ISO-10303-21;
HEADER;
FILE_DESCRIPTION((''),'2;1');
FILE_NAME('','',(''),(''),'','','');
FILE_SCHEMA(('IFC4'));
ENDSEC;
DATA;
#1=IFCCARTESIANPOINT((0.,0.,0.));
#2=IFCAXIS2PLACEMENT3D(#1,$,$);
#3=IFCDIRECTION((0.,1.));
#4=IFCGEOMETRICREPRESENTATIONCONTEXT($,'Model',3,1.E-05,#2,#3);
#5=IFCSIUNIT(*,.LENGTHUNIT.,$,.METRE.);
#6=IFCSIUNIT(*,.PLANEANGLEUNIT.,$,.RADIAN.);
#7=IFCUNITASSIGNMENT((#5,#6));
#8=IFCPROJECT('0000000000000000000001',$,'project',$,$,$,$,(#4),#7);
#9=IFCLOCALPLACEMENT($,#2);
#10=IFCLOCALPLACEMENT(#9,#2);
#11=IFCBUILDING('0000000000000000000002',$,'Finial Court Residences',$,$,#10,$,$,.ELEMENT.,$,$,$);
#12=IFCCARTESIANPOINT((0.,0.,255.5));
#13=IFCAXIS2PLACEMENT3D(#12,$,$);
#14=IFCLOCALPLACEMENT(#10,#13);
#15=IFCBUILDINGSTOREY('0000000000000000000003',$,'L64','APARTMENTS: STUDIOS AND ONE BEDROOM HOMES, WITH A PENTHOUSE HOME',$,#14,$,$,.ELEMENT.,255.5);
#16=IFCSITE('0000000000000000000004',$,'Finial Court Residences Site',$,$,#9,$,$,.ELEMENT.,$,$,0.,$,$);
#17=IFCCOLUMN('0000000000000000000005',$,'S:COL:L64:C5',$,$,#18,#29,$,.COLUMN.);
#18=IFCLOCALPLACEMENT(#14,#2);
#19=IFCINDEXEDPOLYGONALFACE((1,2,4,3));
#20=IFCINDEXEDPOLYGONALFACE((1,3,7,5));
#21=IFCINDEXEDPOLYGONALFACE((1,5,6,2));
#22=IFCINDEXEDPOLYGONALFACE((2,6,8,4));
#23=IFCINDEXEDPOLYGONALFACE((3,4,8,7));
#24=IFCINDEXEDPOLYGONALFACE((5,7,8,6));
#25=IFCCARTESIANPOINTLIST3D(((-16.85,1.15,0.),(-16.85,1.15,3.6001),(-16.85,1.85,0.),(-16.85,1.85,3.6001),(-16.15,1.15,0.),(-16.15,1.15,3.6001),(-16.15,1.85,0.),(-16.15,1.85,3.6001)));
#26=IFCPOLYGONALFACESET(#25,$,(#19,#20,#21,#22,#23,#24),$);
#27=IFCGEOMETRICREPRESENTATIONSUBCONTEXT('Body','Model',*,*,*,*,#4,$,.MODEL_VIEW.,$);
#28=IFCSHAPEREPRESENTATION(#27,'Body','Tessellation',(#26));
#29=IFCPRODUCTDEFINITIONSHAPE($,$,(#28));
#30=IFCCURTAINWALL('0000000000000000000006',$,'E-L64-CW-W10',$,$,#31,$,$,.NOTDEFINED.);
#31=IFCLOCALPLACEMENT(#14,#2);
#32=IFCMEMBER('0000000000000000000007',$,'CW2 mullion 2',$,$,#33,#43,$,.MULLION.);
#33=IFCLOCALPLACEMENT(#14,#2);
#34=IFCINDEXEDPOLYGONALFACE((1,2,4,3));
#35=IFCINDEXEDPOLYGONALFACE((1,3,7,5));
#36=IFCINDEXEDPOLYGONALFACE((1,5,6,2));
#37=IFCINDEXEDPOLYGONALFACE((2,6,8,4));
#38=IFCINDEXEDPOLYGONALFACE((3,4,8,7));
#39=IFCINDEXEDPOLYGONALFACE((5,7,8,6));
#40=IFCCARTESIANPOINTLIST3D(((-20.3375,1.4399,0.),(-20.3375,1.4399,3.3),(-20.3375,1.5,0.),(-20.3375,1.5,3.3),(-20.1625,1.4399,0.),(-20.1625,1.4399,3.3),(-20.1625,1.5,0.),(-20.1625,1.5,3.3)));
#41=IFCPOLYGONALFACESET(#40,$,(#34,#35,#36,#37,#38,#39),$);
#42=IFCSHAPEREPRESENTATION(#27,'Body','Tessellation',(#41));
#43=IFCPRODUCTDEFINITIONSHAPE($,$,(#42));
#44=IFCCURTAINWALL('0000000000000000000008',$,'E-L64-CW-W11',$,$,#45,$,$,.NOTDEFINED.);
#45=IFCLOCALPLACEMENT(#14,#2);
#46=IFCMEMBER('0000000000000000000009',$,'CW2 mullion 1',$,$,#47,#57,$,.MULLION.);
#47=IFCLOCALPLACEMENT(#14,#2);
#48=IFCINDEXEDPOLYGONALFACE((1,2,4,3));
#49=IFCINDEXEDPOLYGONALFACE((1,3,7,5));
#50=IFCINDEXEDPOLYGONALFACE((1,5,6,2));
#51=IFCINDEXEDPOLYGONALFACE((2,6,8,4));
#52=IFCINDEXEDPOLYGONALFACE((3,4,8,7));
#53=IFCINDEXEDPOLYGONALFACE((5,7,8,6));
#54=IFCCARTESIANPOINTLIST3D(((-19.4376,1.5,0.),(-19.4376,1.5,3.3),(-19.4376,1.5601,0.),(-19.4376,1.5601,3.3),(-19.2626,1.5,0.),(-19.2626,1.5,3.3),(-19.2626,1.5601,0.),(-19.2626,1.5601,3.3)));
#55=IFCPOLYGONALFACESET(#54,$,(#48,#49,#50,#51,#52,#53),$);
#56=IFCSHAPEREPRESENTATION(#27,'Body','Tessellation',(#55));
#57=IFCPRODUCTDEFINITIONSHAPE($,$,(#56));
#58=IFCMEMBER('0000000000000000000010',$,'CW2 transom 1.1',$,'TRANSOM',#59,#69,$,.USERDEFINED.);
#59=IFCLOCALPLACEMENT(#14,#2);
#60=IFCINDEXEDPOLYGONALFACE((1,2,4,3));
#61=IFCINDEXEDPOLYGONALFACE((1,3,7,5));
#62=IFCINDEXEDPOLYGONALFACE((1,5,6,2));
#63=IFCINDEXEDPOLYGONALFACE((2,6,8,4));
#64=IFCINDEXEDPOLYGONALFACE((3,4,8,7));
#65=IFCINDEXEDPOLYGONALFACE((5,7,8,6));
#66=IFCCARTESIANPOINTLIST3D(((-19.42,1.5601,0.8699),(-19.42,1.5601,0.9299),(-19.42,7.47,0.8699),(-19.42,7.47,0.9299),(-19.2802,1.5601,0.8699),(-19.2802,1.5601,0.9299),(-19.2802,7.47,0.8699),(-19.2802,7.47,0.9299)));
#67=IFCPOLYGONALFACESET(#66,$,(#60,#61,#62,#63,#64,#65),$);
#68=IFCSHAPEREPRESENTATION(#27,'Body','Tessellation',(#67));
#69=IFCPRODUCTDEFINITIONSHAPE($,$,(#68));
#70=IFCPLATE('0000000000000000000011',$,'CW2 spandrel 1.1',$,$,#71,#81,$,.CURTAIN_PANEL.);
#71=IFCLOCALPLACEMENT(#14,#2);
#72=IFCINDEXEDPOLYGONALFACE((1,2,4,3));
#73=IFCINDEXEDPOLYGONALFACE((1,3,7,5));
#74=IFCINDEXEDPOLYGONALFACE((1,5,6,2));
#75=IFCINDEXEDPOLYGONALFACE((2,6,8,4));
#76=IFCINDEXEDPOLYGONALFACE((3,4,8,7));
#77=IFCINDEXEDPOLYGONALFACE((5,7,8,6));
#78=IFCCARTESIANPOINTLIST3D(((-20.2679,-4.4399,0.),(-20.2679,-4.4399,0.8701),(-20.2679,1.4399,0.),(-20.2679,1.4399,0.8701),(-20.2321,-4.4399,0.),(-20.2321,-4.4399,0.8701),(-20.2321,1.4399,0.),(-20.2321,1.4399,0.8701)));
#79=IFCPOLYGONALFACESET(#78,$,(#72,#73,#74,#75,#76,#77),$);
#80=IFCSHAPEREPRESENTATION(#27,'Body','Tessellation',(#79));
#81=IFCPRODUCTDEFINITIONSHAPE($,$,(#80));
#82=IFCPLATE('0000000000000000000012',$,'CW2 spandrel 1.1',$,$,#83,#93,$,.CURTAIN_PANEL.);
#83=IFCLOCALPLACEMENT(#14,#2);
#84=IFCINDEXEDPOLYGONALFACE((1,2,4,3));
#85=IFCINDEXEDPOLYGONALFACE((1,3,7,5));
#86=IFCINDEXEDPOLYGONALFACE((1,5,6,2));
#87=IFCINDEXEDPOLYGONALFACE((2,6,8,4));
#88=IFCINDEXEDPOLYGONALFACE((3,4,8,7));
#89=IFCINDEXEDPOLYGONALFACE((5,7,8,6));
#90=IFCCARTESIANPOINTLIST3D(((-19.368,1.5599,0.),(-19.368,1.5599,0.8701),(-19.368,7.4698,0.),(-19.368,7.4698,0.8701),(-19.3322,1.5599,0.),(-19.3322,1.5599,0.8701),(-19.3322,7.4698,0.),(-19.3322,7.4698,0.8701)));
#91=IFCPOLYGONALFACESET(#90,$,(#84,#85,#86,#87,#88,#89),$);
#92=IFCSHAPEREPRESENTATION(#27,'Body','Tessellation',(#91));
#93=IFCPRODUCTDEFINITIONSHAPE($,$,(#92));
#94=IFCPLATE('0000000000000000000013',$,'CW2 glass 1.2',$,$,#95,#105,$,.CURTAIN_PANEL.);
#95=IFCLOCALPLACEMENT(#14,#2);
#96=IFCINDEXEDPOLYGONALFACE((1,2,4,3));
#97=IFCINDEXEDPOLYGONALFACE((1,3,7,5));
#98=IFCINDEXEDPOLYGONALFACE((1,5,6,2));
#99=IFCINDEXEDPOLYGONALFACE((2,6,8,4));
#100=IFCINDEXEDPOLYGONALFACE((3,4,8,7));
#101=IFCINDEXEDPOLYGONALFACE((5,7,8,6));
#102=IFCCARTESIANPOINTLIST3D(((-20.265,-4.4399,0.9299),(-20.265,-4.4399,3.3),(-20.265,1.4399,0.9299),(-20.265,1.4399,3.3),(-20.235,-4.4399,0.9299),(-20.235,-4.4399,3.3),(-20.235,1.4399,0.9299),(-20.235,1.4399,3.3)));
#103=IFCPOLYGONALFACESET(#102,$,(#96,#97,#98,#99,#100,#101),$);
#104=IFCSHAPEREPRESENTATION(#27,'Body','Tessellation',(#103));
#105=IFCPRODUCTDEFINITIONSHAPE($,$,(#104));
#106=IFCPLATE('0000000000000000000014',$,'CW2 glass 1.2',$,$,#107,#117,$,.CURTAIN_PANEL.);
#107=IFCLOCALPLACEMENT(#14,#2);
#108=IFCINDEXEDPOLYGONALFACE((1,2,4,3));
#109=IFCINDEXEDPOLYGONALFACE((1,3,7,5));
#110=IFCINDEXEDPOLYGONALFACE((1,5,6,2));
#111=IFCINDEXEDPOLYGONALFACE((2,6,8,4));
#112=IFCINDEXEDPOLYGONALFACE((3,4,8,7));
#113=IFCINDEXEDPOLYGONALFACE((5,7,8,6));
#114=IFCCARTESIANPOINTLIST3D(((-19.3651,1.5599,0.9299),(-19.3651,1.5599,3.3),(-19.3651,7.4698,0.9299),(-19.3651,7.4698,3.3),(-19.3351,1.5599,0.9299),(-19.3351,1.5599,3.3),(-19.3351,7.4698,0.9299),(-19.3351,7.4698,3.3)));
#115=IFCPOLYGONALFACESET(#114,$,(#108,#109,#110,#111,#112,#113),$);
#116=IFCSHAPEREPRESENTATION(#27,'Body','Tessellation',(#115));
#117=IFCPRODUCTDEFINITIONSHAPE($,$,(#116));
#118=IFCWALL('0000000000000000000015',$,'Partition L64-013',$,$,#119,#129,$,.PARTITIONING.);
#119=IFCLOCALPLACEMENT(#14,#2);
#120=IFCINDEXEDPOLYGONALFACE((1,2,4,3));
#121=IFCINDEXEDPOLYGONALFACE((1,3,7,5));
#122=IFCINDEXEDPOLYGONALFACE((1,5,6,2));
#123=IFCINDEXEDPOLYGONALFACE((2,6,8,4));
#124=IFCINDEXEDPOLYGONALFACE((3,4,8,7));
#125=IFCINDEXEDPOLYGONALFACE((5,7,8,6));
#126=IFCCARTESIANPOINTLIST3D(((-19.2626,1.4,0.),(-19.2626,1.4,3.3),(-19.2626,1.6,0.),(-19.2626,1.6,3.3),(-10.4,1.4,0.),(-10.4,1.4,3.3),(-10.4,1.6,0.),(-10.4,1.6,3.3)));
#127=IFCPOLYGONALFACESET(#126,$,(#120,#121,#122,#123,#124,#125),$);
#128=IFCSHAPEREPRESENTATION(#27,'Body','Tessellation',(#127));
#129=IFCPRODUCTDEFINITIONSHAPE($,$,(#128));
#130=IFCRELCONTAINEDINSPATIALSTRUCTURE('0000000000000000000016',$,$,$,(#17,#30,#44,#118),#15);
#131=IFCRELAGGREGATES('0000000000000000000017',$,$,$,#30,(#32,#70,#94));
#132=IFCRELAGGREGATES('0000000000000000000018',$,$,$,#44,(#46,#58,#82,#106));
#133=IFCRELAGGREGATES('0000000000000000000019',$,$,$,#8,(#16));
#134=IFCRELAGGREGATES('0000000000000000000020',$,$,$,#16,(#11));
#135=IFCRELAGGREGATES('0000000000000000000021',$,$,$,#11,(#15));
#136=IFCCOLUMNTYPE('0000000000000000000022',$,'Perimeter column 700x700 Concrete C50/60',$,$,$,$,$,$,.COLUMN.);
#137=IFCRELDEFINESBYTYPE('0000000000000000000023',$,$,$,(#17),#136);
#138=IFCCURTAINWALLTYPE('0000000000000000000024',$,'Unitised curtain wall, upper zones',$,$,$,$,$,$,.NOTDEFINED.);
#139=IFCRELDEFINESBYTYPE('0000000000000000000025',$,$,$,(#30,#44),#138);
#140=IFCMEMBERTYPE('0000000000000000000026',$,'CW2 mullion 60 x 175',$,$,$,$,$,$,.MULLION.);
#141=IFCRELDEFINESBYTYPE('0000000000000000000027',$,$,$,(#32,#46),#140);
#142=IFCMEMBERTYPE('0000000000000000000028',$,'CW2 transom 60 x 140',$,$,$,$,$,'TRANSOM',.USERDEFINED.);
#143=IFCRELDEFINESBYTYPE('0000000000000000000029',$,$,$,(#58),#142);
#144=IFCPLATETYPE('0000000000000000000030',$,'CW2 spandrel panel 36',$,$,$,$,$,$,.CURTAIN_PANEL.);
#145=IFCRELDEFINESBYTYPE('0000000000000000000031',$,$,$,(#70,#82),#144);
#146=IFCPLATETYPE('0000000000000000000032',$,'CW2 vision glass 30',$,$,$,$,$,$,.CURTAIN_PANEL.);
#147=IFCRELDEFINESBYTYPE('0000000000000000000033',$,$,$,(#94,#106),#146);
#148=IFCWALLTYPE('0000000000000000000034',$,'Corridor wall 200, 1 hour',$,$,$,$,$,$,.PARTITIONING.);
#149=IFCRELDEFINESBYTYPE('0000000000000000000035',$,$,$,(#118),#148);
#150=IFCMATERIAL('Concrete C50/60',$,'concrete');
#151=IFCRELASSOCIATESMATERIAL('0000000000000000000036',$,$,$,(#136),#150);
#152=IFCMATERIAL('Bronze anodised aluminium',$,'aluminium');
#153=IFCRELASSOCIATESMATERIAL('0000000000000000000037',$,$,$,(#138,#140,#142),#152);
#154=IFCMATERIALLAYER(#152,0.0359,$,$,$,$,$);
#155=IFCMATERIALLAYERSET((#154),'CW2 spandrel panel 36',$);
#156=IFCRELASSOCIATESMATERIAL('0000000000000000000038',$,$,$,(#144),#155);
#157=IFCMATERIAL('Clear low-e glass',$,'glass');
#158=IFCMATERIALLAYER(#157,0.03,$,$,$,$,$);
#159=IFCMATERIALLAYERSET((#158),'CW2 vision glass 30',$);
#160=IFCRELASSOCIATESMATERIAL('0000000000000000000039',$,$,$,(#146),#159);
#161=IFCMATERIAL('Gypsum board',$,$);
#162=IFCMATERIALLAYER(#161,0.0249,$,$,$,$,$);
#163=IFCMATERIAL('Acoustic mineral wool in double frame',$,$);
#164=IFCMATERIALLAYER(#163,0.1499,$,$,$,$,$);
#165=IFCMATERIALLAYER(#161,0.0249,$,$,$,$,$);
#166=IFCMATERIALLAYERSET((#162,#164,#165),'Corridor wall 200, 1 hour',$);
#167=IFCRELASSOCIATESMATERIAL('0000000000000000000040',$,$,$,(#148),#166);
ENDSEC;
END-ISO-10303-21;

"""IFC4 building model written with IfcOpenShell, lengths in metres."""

from ifc_helpers import new_model, si_unit, direction, frame, frame_2d, origin, origin_2d, place, context, subcontext, project, spatial, rectangle, extrude, material, layer, layer_set, material_profile, profile_set, type_object, element, aggregate, save


model = new_model("IFC4")

# Units and contexts
model_context = context("Model", 3, precision=1e-05, world=origin(), true_north=direction((0.0, 1.0)))
body_context = subcontext(model_context, "Body", "Model", "MODEL_VIEW")
ifc_project = project(units=[si_unit("LENGTHUNIT", "METRE"), si_unit("PLANEANGLEUNIT", "RADIAN")], contexts=[model_context])

# Site, building, storey
site_placement = place(None, origin())
site = spatial("IfcSite", under=ifc_project, at=site_placement, Name="Finial Court Residences Site", CompositionType="ELEMENT", RefElevation=0.0)
building_placement = place(site_placement, origin())
building = spatial("IfcBuilding", under=site, at=building_placement, Name="Finial Court Residences", CompositionType="ELEMENT")
storey_placement = place(building_placement, frame((0.0, 0.0, 255.5)))
storey = spatial("IfcBuildingStorey", under=building, at=storey_placement, Name="L64", Description="APARTMENTS: STUDIOS AND ONE BEDROOM HOMES, WITH A PENTHOUSE HOME", CompositionType="ELEMENT", Elevation=255.5)

# Column
ifc_material_1 = material(Name="Concrete C50/60", Category="concrete")
ifc_material_profile_1 = material_profile(ifc_material_1, rectangle(XDim=0.7, YDim=0.7, at=origin_2d()), Name="700x700")
ifc_profile_set_1 = profile_set([ifc_material_profile_1], Name="Concrete C50/60")
column_type = type_object("IfcColumnType", Name="Perimeter column 700x700 Concrete C50/60", PredefinedType="COLUMN", material=ifc_profile_set_1)
column_placement = place(storey_placement, frame((-16.5, 1.5, 0.0), z_axis=(0.0, 0.0, 1.0), x_axis=(1.0, 0.0, 0.0)))
element("IfcColumn", 1, at=column_placement, inside=storey, type_object=column_type, Name="S:COL:L64:C5", PredefinedType="COLUMN", context=body_context, shape_type="SweptSolid", body=[
    extrude(rectangle(XDim=0.7, YDim=0.7, at=origin_2d()), origin(), (0.0, 0.0, 1.0), 3.6001),
])

# Curtain wall, member
ifc_material_2 = material(Name="Bronze anodised aluminium", Category="aluminium")
curtain_wall_type = type_object("IfcCurtainWallType", Name="Unitised curtain wall, upper zones", PredefinedType="NOTDEFINED", material=ifc_material_2)
curtain_wall_1_placement = place(storey_placement, origin())
curtain_wall_1 = element("IfcCurtainWall", 2, at=curtain_wall_1_placement, inside=storey, type_object=curtain_wall_type, Name="E-L64-CW-W10", PredefinedType="NOTDEFINED")
ifc_material_profile_2 = material_profile(ifc_material_2, rectangle(XDim=0.175, YDim=0.0601, at=origin_2d()), Name="CW2 mullion 60 x 175")
ifc_profile_set_2 = profile_set([ifc_material_profile_2], Name="Bronze anodised aluminium")
member_type_1 = type_object("IfcMemberType", Name="CW2 mullion 60 x 175", PredefinedType="MULLION", material=ifc_profile_set_2)
member_1_placement = place(storey_placement, frame((-20.25, 1.47, 0.0), z_axis=(0.0, 0.0, 1.0), x_axis=(-1.0, 0.0, 0.0)))
member_1 = element("IfcMember", 3, at=member_1_placement, type_object=member_type_1, Name="CW2 mullion 2", PredefinedType="MULLION", context=body_context, shape_type="SweptSolid", body=[
    extrude(rectangle(XDim=0.175, YDim=0.0601, at=origin_2d()), origin(), (0.0, 0.0, 1.0), 3.3),
])

# Curtain wall, members
curtain_wall_2_placement = place(storey_placement, origin())
curtain_wall_2 = element("IfcCurtainWall", 4, at=curtain_wall_2_placement, inside=storey, type_object=curtain_wall_type, Name="E-L64-CW-W11", PredefinedType="NOTDEFINED")
member_2_placement = place(storey_placement, frame((-19.3501, 1.53, 0.0), z_axis=(0.0, 0.0, 1.0), x_axis=(-1.0, 0.0, 0.0)))
member_2 = element("IfcMember", 5, at=member_2_placement, type_object=member_type_1, Name="CW2 mullion 1", PredefinedType="MULLION", context=body_context, shape_type="SweptSolid", body=[
    extrude(rectangle(XDim=0.175, YDim=0.0601, at=origin_2d()), origin(), (0.0, 0.0, 1.0), 3.3),
])
ifc_material_profile_3 = material_profile(ifc_material_2, rectangle(XDim=0.1399, YDim=0.0601, at=origin_2d()), Name="CW2 transom 60 x 140")
ifc_profile_set_3 = profile_set([ifc_material_profile_3], Name="Bronze anodised aluminium")
member_type_2 = type_object("IfcMemberType", Name="CW2 transom 60 x 140", ElementType="TRANSOM", PredefinedType="USERDEFINED", material=ifc_profile_set_3)
member_3_placement = place(storey_placement, frame((-19.3501, 1.5601, 0.8999), z_axis=(0.0, 1.0, 0.0), x_axis=(-1.0, 0.0, 0.0)))
member_3 = element("IfcMember", 6, at=member_3_placement, type_object=member_type_2, Name="CW2 transom 1.1", ObjectType="TRANSOM", PredefinedType="USERDEFINED", context=body_context, shape_type="SweptSolid", body=[
    extrude(rectangle(XDim=0.1399, YDim=0.0601, at=origin_2d()), origin(), (0.0, 0.0, 1.0), 5.9099),
])

# Plates
ifc_layer_1 = layer(ifc_material_2, 0.0359)
ifc_layer_set_1 = layer_set([ifc_layer_1], Name="CW2 spandrel panel 36")
plate_type_1 = type_object("IfcPlateType", Name="CW2 spandrel panel 36", PredefinedType="CURTAIN_PANEL", material=ifc_layer_set_1)
plate_1_placement = place(storey_placement, frame((-20.25, -1.5, 0.0), z_axis=(0.0, 0.0, 1.0), x_axis=(0.0, 1.0, 0.0)))
plate_1 = element("IfcPlate", 7, at=plate_1_placement, type_object=plate_type_1, Name="CW2 spandrel 1.1", PredefinedType="CURTAIN_PANEL", context=body_context, shape_type="SweptSolid", body=[
    extrude(rectangle(XDim=5.8799, YDim=0.0359, at=origin_2d()), origin(), (0.0, 0.0, 1.0), 0.8701),
])
plate_2_placement = place(storey_placement, frame((-19.3501, 4.5149, 0.0), z_axis=(0.0, 0.0, 1.0), x_axis=(0.0, 1.0, 0.0)))
plate_2 = element("IfcPlate", 8, at=plate_2_placement, type_object=plate_type_1, Name="CW2 spandrel 1.1", PredefinedType="CURTAIN_PANEL", context=body_context, shape_type="SweptSolid", body=[
    extrude(rectangle(XDim=5.9099, YDim=0.0359, at=origin_2d()), origin(), (0.0, 0.0, 1.0), 0.8701),
])
ifc_material_3 = material(Name="Clear low-e glass", Category="glass")
ifc_layer_2 = layer(ifc_material_3, 0.03)
ifc_layer_set_2 = layer_set([ifc_layer_2], Name="CW2 vision glass 30")
plate_type_2 = type_object("IfcPlateType", Name="CW2 vision glass 30", PredefinedType="CURTAIN_PANEL", material=ifc_layer_set_2)
plate_3_placement = place(storey_placement, frame((-20.25, -1.5, 0.9299), z_axis=(0.0, 0.0, 1.0), x_axis=(0.0, 1.0, 0.0)))
plate_3 = element("IfcPlate", 9, at=plate_3_placement, type_object=plate_type_2, Name="CW2 glass 1.2", PredefinedType="CURTAIN_PANEL", context=body_context, shape_type="SweptSolid", body=[
    extrude(rectangle(XDim=5.8799, YDim=0.03, at=origin_2d()), origin(), (0.0, 0.0, 1.0), 2.3701),
])
aggregate(curtain_wall_1, [member_1, plate_1, plate_3])
plate_4_placement = place(storey_placement, frame((-19.3501, 4.5149, 0.9299), z_axis=(0.0, 0.0, 1.0), x_axis=(0.0, 1.0, 0.0)))
plate_4 = element("IfcPlate", 10, at=plate_4_placement, type_object=plate_type_2, Name="CW2 glass 1.2", PredefinedType="CURTAIN_PANEL", context=body_context, shape_type="SweptSolid", body=[
    extrude(rectangle(XDim=5.9099, YDim=0.03, at=origin_2d()), origin(), (0.0, 0.0, 1.0), 2.3701),
])
aggregate(curtain_wall_2, [member_2, member_3, plate_2, plate_4])

# Wall
ifc_material_4 = material(Name="Gypsum board")
ifc_layer_3 = layer(ifc_material_4, 0.0249)
ifc_material_5 = material(Name="Acoustic mineral wool in double frame")
ifc_layer_4 = layer(ifc_material_5, 0.1499)
ifc_layer_5 = layer(ifc_material_4, 0.0249)
ifc_layer_set_3 = layer_set([ifc_layer_3, ifc_layer_4, ifc_layer_5], Name="Corridor wall 200, 1 hour")
wall_type_1 = type_object("IfcWallType", Name="Corridor wall 200, 1 hour", PredefinedType="PARTITIONING", material=ifc_layer_set_3)
wall_1_placement = place(storey_placement, frame((-19.2625, 1.5, 0.0), z_axis=(0.0, 0.0, 1.0), x_axis=(1.0, 0.0, 0.0)))
element("IfcWall", 11, at=wall_1_placement, inside=storey, type_object=wall_type_1, Name="Partition L64-013", PredefinedType="PARTITIONING", context=body_context, shape_type="SweptSolid", body=[
    extrude(rectangle(XDim=8.8625, YDim=0.2, at=frame_2d((4.4312, 0.0))), origin(), (0.0, 0.0, 1.0), 3.3),
])

save(model, "model.ifc")
